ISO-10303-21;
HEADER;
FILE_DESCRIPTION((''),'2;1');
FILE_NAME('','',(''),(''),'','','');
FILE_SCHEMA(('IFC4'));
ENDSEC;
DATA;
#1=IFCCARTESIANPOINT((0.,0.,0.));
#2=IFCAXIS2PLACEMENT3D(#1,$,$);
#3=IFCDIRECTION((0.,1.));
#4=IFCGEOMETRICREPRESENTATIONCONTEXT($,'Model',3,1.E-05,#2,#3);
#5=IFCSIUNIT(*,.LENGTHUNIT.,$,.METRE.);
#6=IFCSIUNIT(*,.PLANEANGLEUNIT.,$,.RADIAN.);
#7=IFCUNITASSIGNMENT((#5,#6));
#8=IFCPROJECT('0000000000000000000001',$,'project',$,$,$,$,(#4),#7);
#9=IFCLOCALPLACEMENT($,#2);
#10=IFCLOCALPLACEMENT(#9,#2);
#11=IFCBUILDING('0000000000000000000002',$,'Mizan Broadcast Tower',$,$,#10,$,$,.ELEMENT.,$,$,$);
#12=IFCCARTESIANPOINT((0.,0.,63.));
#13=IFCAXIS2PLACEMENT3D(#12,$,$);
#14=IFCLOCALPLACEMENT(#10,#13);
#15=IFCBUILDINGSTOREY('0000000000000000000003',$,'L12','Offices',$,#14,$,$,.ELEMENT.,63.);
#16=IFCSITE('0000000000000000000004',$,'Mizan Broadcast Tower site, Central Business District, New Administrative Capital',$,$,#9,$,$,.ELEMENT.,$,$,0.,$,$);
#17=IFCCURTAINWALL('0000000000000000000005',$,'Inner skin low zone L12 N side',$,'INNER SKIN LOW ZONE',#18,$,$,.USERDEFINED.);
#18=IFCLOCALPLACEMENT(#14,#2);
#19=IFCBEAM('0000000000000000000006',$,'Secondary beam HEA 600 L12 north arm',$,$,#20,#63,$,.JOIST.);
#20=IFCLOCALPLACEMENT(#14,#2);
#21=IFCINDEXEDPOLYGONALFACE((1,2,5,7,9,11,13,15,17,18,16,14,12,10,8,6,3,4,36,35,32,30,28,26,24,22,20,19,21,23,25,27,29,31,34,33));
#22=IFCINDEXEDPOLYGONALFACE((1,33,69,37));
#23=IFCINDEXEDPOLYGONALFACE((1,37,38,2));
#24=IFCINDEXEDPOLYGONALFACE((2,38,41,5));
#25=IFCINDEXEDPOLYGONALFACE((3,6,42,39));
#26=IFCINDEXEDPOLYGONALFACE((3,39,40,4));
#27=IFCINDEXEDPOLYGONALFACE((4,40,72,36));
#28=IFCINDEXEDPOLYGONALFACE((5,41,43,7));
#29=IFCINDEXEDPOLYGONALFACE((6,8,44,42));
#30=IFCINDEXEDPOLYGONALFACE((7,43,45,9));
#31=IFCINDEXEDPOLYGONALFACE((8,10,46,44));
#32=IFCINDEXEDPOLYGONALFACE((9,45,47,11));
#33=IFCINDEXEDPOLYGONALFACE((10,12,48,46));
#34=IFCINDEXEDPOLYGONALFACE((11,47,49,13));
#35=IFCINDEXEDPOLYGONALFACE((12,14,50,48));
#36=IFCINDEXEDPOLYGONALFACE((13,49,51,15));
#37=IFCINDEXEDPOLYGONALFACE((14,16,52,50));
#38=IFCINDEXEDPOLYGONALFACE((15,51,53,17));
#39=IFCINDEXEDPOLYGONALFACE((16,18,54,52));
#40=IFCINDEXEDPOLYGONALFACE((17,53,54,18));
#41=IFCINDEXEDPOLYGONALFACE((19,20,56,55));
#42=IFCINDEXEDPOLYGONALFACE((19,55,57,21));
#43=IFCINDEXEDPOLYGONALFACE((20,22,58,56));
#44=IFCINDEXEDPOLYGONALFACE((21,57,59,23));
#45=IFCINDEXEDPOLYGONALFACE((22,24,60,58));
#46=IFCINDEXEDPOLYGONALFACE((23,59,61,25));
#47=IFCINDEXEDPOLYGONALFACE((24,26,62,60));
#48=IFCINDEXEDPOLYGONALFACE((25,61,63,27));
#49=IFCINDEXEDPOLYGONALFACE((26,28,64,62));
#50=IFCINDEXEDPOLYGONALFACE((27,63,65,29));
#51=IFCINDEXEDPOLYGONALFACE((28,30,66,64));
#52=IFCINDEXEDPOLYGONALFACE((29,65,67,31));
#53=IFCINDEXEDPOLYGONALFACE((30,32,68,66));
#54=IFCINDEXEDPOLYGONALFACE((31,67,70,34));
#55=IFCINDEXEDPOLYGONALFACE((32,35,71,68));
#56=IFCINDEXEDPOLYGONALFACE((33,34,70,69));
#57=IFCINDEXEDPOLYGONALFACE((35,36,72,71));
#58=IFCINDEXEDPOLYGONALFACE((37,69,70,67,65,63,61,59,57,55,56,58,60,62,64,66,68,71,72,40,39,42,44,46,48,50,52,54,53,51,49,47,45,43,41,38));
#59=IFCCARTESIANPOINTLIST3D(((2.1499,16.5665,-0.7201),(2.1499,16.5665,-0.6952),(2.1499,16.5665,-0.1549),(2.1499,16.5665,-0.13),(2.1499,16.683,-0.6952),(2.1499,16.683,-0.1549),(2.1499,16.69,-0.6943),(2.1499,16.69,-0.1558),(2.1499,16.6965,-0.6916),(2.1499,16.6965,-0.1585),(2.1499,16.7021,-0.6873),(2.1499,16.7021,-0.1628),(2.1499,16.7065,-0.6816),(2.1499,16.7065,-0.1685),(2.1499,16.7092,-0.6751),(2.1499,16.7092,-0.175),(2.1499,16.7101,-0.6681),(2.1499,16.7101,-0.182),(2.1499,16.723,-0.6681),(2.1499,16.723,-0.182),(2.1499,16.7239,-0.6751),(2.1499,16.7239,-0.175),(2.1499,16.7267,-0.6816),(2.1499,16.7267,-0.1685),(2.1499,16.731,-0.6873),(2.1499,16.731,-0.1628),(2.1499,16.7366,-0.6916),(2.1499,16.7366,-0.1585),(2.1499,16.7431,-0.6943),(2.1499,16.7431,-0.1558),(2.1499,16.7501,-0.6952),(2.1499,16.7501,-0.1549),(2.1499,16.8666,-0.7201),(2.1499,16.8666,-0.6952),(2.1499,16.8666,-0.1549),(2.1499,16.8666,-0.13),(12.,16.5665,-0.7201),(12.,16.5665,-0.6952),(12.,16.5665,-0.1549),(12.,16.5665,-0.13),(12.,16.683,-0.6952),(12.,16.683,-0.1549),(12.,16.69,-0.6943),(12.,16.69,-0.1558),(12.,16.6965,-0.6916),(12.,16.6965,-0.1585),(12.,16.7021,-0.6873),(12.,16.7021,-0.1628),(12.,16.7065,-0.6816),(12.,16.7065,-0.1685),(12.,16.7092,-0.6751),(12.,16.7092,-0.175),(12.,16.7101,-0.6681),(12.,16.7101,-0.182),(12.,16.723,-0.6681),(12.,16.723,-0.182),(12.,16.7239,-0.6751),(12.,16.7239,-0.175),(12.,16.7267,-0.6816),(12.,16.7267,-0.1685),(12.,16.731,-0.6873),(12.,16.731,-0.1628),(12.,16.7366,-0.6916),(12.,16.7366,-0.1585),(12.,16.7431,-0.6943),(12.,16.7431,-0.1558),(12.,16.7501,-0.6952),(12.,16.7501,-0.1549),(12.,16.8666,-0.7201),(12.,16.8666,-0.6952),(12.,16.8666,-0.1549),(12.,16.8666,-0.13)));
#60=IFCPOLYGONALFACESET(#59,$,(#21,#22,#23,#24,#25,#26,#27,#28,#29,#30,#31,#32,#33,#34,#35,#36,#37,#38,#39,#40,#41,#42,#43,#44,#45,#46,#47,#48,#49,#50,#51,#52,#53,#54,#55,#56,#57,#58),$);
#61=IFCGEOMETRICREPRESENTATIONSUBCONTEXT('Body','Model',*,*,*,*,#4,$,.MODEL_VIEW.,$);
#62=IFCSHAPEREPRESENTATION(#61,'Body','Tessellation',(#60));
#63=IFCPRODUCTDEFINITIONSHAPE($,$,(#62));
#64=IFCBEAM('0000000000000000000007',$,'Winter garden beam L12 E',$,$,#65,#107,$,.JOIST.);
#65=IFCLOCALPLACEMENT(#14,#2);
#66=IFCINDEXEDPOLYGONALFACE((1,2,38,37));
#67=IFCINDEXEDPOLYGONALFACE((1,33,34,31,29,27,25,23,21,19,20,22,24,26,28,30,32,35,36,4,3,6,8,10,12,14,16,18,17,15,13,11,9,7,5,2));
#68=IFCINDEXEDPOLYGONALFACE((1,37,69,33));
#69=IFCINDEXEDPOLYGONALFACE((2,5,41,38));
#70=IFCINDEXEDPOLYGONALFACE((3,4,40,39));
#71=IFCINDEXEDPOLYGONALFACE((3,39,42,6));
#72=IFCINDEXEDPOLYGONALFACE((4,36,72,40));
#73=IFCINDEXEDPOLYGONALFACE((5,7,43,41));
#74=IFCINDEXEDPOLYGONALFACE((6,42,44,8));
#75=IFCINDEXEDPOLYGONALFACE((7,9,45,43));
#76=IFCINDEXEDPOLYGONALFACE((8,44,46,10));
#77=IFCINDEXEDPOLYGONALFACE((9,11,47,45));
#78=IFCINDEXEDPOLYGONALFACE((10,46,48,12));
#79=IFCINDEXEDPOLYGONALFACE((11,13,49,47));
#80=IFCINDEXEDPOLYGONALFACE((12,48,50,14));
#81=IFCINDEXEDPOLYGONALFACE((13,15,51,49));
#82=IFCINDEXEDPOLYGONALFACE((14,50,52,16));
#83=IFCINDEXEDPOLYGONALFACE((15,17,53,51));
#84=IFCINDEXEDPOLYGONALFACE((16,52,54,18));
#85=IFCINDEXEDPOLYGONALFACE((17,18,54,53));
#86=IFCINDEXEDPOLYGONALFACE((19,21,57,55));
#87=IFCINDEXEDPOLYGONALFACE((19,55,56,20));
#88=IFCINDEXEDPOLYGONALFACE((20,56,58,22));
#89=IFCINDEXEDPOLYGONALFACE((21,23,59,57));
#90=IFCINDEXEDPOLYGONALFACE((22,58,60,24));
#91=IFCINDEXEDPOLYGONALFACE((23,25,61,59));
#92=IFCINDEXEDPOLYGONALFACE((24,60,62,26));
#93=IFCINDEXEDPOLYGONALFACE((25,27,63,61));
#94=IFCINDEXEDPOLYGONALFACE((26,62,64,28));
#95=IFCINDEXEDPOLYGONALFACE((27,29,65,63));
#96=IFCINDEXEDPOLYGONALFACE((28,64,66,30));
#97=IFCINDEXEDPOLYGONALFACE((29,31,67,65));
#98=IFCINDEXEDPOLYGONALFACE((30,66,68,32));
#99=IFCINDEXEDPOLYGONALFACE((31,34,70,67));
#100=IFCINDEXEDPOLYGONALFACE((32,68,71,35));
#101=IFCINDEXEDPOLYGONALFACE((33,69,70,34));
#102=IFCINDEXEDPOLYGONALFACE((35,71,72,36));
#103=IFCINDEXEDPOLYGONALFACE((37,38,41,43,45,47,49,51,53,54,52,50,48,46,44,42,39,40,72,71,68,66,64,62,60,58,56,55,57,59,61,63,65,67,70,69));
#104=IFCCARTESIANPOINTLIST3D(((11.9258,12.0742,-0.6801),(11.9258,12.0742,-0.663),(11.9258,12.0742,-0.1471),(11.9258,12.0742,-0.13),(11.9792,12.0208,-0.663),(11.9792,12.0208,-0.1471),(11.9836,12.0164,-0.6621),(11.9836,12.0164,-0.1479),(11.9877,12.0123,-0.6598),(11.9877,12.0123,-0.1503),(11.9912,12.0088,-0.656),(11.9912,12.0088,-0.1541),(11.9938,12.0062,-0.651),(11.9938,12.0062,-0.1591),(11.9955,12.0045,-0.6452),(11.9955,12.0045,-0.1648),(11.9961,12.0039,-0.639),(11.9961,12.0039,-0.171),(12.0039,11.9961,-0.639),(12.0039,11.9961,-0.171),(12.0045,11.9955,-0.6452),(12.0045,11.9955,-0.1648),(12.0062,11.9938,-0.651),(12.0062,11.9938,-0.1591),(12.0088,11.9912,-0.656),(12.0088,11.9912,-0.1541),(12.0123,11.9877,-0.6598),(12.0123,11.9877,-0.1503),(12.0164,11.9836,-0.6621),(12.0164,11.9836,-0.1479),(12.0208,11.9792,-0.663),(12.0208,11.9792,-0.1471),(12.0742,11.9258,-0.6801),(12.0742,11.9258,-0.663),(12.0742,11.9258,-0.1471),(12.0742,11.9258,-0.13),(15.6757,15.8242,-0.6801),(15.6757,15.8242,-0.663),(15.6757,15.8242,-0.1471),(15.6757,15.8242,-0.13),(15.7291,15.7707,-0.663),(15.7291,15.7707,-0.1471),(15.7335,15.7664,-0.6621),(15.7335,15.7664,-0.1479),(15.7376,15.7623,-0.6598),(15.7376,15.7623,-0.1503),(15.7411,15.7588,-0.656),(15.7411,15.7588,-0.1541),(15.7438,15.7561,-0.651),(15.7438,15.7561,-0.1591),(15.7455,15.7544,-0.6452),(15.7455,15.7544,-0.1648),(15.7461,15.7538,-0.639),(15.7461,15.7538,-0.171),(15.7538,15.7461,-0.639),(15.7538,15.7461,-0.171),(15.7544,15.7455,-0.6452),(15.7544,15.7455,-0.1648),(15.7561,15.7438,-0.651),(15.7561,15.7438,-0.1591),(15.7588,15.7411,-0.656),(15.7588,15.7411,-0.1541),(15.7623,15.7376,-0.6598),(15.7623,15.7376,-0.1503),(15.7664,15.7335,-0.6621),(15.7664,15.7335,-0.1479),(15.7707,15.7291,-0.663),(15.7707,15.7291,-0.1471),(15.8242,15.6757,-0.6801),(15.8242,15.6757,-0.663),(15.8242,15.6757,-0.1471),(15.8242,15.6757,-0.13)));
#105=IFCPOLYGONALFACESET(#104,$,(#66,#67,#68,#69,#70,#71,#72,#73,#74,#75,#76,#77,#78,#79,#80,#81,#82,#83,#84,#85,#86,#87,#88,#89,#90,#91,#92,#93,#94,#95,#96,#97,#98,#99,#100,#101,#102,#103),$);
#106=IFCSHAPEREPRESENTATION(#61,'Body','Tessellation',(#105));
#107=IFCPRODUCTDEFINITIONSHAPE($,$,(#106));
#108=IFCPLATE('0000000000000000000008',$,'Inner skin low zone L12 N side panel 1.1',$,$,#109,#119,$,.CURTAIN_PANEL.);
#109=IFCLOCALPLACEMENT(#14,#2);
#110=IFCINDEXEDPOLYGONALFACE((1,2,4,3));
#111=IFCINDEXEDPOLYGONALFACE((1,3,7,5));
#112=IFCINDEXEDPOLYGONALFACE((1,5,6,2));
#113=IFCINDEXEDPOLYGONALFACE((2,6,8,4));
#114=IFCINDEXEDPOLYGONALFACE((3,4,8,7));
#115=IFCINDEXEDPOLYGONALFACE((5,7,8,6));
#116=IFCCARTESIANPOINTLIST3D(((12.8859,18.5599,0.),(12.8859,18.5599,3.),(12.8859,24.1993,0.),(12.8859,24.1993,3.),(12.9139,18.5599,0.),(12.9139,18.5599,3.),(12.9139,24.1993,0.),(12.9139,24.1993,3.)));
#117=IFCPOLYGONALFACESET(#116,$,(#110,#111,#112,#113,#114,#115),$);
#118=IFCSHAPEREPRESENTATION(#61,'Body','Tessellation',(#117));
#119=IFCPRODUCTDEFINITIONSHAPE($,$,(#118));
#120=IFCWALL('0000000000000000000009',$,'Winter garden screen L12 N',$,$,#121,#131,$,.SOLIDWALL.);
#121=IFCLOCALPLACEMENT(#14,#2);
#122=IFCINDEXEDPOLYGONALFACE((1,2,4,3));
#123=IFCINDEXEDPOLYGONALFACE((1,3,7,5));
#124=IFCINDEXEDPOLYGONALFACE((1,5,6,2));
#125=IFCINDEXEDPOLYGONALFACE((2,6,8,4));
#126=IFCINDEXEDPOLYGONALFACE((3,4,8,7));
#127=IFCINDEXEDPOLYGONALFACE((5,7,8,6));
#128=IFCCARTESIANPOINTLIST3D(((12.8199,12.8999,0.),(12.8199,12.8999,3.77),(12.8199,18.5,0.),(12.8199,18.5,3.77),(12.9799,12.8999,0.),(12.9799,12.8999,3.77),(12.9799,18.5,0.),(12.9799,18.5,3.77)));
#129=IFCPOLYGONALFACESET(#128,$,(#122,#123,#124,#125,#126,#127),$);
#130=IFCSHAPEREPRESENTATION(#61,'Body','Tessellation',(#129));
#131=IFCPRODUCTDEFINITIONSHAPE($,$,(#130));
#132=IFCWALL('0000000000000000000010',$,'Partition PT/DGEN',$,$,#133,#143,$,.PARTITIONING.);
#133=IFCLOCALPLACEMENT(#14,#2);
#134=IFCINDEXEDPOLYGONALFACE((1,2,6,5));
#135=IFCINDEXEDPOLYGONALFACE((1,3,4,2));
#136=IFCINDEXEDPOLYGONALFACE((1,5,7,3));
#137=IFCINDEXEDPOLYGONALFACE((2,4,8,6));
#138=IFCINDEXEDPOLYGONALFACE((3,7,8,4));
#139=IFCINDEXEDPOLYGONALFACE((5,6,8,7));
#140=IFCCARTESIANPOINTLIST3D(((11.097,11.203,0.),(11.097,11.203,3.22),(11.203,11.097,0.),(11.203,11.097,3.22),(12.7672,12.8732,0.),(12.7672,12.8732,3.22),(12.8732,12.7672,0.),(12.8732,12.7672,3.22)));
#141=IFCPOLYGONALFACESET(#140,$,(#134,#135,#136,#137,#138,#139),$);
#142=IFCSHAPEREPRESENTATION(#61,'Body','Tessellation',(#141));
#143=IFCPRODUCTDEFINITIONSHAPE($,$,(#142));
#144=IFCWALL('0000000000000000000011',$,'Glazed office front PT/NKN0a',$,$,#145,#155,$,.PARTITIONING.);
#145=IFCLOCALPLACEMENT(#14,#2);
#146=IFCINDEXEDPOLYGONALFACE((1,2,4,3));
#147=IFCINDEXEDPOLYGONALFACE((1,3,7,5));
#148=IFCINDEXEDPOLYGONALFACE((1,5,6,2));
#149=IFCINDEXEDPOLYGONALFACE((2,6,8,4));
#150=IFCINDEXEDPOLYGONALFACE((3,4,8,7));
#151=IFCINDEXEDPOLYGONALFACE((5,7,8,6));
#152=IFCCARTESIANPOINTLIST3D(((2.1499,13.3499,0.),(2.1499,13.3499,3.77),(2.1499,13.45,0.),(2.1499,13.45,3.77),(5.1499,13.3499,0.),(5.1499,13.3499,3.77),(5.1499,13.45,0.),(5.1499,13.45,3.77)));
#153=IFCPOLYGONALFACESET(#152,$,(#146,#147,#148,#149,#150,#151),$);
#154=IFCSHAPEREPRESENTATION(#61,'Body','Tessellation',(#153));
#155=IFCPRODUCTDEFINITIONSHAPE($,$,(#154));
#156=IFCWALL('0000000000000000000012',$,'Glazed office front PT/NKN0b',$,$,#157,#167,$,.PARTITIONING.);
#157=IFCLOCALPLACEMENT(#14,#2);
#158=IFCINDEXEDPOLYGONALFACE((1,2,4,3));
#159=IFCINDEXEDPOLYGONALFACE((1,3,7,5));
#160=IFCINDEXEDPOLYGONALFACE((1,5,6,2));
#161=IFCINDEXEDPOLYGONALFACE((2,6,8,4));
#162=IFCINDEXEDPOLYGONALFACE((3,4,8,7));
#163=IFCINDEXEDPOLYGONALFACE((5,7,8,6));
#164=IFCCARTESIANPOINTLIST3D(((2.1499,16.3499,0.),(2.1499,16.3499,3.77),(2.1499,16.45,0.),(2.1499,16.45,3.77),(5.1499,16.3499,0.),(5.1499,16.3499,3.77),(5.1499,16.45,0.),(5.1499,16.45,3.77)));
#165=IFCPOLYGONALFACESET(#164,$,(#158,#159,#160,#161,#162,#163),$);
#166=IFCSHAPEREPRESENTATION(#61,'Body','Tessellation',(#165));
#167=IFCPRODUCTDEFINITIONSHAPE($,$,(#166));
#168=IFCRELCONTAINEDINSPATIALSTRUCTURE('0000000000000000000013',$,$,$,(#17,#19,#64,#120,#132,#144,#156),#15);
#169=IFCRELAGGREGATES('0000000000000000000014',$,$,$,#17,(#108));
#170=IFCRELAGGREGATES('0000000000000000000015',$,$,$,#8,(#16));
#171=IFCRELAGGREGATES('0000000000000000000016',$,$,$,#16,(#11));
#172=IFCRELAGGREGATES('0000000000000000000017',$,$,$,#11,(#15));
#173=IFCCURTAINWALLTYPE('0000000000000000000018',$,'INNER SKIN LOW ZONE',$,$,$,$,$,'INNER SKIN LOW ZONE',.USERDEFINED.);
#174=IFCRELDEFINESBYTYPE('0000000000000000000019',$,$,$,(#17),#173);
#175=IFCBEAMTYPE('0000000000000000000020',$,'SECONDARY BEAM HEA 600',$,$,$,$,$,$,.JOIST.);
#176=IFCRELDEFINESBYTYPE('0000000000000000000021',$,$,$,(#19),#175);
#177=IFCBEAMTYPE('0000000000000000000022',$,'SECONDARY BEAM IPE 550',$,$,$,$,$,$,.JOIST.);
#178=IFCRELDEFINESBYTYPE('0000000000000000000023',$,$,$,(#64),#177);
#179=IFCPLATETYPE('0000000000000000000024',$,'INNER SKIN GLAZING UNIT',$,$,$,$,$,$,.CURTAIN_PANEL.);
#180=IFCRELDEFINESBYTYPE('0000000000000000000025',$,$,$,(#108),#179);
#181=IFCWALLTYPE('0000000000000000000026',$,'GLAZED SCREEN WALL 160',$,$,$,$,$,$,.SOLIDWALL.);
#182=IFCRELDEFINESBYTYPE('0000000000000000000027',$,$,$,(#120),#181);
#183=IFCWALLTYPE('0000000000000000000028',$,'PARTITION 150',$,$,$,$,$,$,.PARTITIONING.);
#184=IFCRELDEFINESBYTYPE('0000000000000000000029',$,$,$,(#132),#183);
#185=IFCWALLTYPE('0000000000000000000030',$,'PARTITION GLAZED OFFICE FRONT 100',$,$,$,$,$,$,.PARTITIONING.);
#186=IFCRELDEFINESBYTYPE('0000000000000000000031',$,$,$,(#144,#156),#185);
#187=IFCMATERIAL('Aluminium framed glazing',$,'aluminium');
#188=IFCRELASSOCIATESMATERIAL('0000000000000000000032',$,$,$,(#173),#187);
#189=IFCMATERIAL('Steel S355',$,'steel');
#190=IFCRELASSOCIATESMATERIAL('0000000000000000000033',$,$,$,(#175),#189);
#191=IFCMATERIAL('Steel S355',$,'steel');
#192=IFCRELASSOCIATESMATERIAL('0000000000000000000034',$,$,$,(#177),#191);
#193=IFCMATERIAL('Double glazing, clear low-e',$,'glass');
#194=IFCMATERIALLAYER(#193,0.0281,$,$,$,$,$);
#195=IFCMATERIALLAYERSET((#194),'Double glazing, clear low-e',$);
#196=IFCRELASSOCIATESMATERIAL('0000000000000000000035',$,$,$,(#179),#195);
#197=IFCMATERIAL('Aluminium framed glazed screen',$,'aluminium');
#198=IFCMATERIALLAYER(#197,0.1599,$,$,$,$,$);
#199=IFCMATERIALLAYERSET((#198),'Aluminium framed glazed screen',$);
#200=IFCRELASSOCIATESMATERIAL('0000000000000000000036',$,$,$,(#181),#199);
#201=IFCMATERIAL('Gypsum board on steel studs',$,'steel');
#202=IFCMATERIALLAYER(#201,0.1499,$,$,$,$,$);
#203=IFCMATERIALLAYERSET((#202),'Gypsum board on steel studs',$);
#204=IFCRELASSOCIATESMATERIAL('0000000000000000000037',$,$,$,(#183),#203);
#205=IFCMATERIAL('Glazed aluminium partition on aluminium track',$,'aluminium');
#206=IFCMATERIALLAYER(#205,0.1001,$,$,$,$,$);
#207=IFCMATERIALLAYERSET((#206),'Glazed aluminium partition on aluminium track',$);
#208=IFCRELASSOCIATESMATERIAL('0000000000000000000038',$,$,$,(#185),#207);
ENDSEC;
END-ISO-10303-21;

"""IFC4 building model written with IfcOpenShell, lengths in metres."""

from ifc_helpers import new_model, si_unit, direction, frame, frame_2d, origin, origin_2d, place, context, subcontext, project, spatial, rectangle, i_section, extrude, material, layer, layer_set, material_profile, profile_set, type_object, element, aggregate, save


model = new_model("IFC4")

# Units and contexts
model_context = context("Model", 3, precision=1e-05, world=origin(), true_north=direction((0.0, 1.0)))
body_context = subcontext(model_context, "Body", "Model", "MODEL_VIEW")
ifc_project = project(units=[si_unit("LENGTHUNIT", "METRE"), si_unit("PLANEANGLEUNIT", "RADIAN")], contexts=[model_context])

# Site, building, storey
site_placement = place(None, origin())
site = spatial("IfcSite", under=ifc_project, at=site_placement, Name="Mizan Broadcast Tower site, Central Business District, New Administrative Capital", CompositionType="ELEMENT", RefElevation=0.0)
building_placement = place(site_placement, origin())
building = spatial("IfcBuilding", under=site, at=building_placement, Name="Mizan Broadcast Tower", CompositionType="ELEMENT")
storey_placement = place(building_placement, frame((0.0, 0.0, 63.0)))
storey = spatial("IfcBuildingStorey", under=building, at=storey_placement, Name="L12", Description="Offices", CompositionType="ELEMENT", Elevation=63.0)

# Curtain wall
ifc_material_1 = material(Name="Aluminium framed glazing", Category="aluminium")
curtain_wall_type_1 = type_object("IfcCurtainWallType", Name="INNER SKIN LOW ZONE", ElementType="INNER SKIN LOW ZONE", PredefinedType="USERDEFINED", material=ifc_material_1)
curtain_wall_1_placement = place(storey_placement, origin())
curtain_wall_1 = element("IfcCurtainWall", 1, at=curtain_wall_1_placement, inside=storey, type_object=curtain_wall_type_1, Name="Inner skin low zone L12 N side", ObjectType="INNER SKIN LOW ZONE", PredefinedType="USERDEFINED")

# Beams
ifc_material_2 = material(Name="Steel S355", Category="steel")
ifc_material_profile_1 = material_profile(ifc_material_2, i_section(OverallWidth=0.3, OverallDepth=0.5901, WebThickness=0.0129, FlangeThickness=0.0249, FilletRadius=0.0271, at=origin_2d()), Name="HEA 600")
ifc_profile_set_1 = profile_set([ifc_material_profile_1], Name="Steel S355")
beam_type_1 = type_object("IfcBeamType", Name="SECONDARY BEAM HEA 600", PredefinedType="JOIST", material=ifc_profile_set_1)
for number, where, z_axis, x_axis, name in (
    (2, (12.0, 16.7166, -0.425), (-1.0, 0.0, 0.0), (0.0, -1.0, 0.0), "Secondary beam HEA 600 L12 north arm"),
):
    element("IfcBeam", number, at=place(storey_placement, frame(where, z_axis=z_axis, x_axis=x_axis)), inside=storey, type_object=beam_type_1, Name=name, PredefinedType="JOIST", context=body_context, shape_type="SweptSolid", body=[
        extrude(i_section(OverallWidth=0.3, OverallDepth=0.5901, WebThickness=0.0129, FlangeThickness=0.0249, FilletRadius=0.0271, at=origin_2d()), origin(), (0.0, 0.0, 1.0), 9.8501),
    ])
ifc_material_3 = material(Name="Steel S355", Category="steel")
ifc_material_profile_2 = material_profile(ifc_material_3, i_section(OverallWidth=0.21, OverallDepth=0.55, WebThickness=0.011, FlangeThickness=0.0171, FilletRadius=0.0239, at=origin_2d()), Name="IPE 550")
ifc_profile_set_2 = profile_set([ifc_material_profile_2], Name="Steel S355")
beam_type_2 = type_object("IfcBeamType", Name="SECONDARY BEAM IPE 550", PredefinedType="JOIST", material=ifc_profile_set_2)
beam_1_placement = place(storey_placement, frame((12.0, 12.0, -0.405), z_axis=(0.707107, 0.707107, 0.0), x_axis=(-0.707107, 0.707107, 0.0)))
element("IfcBeam", 3, at=beam_1_placement, inside=storey, type_object=beam_type_2, Name="Winter garden beam L12 E", PredefinedType="JOIST", context=body_context, shape_type="SweptSolid", body=[
    extrude(i_section(OverallWidth=0.21, OverallDepth=0.55, WebThickness=0.011, FlangeThickness=0.0171, FilletRadius=0.0239, at=origin_2d()), origin(), (0.0, 0.0, 1.0), 5.3032),
])

# Plate
ifc_material_4 = material(Name="Double glazing, clear low-e", Category="glass")
ifc_layer_1 = layer(ifc_material_4, 0.0281)
ifc_layer_set_1 = layer_set([ifc_layer_1], Name="Double glazing, clear low-e")
plate_type = type_object("IfcPlateType", Name="INNER SKIN GLAZING UNIT", PredefinedType="CURTAIN_PANEL", material=ifc_layer_set_1)
plate_placement = place(storey_placement, frame((12.8999, 21.3796, 0.0), z_axis=(0.0, 0.0, 1.0), x_axis=(0.0, 1.0, 0.0)))
plate = element("IfcPlate", 4, at=plate_placement, type_object=plate_type, Name="Inner skin low zone L12 N side panel 1.1", PredefinedType="CURTAIN_PANEL", context=body_context, shape_type="SweptSolid", body=[
    extrude(rectangle(XDim=5.6394, YDim=0.0281, at=origin_2d()), origin(), (0.0, 0.0, 1.0), 3.0),
])
aggregate(curtain_wall_1, [plate])

# Walls
ifc_material_5 = material(Name="Aluminium framed glazed screen", Category="aluminium")
ifc_layer_2 = layer(ifc_material_5, 0.1599)
ifc_layer_set_2 = layer_set([ifc_layer_2], Name="Aluminium framed glazed screen")
wall_type_1 = type_object("IfcWallType", Name="GLAZED SCREEN WALL 160", PredefinedType="SOLIDWALL", material=ifc_layer_set_2)
wall_1_placement = place(storey_placement, frame((12.8999, 12.8999, 0.0), z_axis=(0.0, 0.0, 1.0), x_axis=(0.0, 1.0, 0.0)))
element("IfcWall", 5, at=wall_1_placement, inside=storey, type_object=wall_type_1, Name="Winter garden screen L12 N", PredefinedType="SOLIDWALL", context=body_context, shape_type="SweptSolid", body=[
    extrude(rectangle(XDim=5.6001, YDim=0.1599, at=frame_2d((2.8, 0.0))), origin(), (0.0, 0.0, 1.0), 3.77),
])
ifc_material_6 = material(Name="Gypsum board on steel studs", Category="steel")
ifc_layer_3 = layer(ifc_material_6, 0.1499)
ifc_layer_set_3 = layer_set([ifc_layer_3], Name="Gypsum board on steel studs")
wall_type_2 = type_object("IfcWallType", Name="PARTITION 150", PredefinedType="PARTITIONING", material=ifc_layer_set_3)
wall_2_placement = place(storey_placement, frame((11.1499, 11.1499, 0.0), z_axis=(0.0, 0.0, 1.0), x_axis=(0.707107, 0.707107, 0.0)))
element("IfcWall", 6, at=wall_2_placement, inside=storey, type_object=wall_type_2, Name="Partition PT/DGEN", PredefinedType="PARTITIONING", context=body_context, shape_type="SweptSolid", body=[
    extrude(rectangle(XDim=2.3621, YDim=0.1499, at=frame_2d((1.1812, 0.0))), origin(), (0.0, 0.0, 1.0), 3.22),
])
ifc_material_7 = material(Name="Glazed aluminium partition on aluminium track", Category="aluminium")
ifc_layer_4 = layer(ifc_material_7, 0.1001)
ifc_layer_set_4 = layer_set([ifc_layer_4], Name="Glazed aluminium partition on aluminium track")
wall_type_3 = type_object("IfcWallType", Name="PARTITION GLAZED OFFICE FRONT 100", PredefinedType="PARTITIONING", material=ifc_layer_set_4)
for number, where, z_axis, x_axis, name in (
    (7, (2.1499, 13.3999, 0.0), (0.0, 0.0, 1.0), (1.0, 0.0, 0.0), "Glazed office front PT/NKN0a"),
    (8, (2.1499, 16.3999, 0.0), (0.0, 0.0, 1.0), (1.0, 0.0, 0.0), "Glazed office front PT/NKN0b"),
):
    element("IfcWall", number, at=place(storey_placement, frame(where, z_axis=z_axis, x_axis=x_axis)), inside=storey, type_object=wall_type_3, Name=name, PredefinedType="PARTITIONING", context=body_context, shape_type="SweptSolid", body=[
        extrude(rectangle(XDim=3.0, YDim=0.1001, at=frame_2d((1.5, 0.0))), origin(), (0.0, 0.0, 1.0), 3.77),
    ])

save(model, "model.ifc")
